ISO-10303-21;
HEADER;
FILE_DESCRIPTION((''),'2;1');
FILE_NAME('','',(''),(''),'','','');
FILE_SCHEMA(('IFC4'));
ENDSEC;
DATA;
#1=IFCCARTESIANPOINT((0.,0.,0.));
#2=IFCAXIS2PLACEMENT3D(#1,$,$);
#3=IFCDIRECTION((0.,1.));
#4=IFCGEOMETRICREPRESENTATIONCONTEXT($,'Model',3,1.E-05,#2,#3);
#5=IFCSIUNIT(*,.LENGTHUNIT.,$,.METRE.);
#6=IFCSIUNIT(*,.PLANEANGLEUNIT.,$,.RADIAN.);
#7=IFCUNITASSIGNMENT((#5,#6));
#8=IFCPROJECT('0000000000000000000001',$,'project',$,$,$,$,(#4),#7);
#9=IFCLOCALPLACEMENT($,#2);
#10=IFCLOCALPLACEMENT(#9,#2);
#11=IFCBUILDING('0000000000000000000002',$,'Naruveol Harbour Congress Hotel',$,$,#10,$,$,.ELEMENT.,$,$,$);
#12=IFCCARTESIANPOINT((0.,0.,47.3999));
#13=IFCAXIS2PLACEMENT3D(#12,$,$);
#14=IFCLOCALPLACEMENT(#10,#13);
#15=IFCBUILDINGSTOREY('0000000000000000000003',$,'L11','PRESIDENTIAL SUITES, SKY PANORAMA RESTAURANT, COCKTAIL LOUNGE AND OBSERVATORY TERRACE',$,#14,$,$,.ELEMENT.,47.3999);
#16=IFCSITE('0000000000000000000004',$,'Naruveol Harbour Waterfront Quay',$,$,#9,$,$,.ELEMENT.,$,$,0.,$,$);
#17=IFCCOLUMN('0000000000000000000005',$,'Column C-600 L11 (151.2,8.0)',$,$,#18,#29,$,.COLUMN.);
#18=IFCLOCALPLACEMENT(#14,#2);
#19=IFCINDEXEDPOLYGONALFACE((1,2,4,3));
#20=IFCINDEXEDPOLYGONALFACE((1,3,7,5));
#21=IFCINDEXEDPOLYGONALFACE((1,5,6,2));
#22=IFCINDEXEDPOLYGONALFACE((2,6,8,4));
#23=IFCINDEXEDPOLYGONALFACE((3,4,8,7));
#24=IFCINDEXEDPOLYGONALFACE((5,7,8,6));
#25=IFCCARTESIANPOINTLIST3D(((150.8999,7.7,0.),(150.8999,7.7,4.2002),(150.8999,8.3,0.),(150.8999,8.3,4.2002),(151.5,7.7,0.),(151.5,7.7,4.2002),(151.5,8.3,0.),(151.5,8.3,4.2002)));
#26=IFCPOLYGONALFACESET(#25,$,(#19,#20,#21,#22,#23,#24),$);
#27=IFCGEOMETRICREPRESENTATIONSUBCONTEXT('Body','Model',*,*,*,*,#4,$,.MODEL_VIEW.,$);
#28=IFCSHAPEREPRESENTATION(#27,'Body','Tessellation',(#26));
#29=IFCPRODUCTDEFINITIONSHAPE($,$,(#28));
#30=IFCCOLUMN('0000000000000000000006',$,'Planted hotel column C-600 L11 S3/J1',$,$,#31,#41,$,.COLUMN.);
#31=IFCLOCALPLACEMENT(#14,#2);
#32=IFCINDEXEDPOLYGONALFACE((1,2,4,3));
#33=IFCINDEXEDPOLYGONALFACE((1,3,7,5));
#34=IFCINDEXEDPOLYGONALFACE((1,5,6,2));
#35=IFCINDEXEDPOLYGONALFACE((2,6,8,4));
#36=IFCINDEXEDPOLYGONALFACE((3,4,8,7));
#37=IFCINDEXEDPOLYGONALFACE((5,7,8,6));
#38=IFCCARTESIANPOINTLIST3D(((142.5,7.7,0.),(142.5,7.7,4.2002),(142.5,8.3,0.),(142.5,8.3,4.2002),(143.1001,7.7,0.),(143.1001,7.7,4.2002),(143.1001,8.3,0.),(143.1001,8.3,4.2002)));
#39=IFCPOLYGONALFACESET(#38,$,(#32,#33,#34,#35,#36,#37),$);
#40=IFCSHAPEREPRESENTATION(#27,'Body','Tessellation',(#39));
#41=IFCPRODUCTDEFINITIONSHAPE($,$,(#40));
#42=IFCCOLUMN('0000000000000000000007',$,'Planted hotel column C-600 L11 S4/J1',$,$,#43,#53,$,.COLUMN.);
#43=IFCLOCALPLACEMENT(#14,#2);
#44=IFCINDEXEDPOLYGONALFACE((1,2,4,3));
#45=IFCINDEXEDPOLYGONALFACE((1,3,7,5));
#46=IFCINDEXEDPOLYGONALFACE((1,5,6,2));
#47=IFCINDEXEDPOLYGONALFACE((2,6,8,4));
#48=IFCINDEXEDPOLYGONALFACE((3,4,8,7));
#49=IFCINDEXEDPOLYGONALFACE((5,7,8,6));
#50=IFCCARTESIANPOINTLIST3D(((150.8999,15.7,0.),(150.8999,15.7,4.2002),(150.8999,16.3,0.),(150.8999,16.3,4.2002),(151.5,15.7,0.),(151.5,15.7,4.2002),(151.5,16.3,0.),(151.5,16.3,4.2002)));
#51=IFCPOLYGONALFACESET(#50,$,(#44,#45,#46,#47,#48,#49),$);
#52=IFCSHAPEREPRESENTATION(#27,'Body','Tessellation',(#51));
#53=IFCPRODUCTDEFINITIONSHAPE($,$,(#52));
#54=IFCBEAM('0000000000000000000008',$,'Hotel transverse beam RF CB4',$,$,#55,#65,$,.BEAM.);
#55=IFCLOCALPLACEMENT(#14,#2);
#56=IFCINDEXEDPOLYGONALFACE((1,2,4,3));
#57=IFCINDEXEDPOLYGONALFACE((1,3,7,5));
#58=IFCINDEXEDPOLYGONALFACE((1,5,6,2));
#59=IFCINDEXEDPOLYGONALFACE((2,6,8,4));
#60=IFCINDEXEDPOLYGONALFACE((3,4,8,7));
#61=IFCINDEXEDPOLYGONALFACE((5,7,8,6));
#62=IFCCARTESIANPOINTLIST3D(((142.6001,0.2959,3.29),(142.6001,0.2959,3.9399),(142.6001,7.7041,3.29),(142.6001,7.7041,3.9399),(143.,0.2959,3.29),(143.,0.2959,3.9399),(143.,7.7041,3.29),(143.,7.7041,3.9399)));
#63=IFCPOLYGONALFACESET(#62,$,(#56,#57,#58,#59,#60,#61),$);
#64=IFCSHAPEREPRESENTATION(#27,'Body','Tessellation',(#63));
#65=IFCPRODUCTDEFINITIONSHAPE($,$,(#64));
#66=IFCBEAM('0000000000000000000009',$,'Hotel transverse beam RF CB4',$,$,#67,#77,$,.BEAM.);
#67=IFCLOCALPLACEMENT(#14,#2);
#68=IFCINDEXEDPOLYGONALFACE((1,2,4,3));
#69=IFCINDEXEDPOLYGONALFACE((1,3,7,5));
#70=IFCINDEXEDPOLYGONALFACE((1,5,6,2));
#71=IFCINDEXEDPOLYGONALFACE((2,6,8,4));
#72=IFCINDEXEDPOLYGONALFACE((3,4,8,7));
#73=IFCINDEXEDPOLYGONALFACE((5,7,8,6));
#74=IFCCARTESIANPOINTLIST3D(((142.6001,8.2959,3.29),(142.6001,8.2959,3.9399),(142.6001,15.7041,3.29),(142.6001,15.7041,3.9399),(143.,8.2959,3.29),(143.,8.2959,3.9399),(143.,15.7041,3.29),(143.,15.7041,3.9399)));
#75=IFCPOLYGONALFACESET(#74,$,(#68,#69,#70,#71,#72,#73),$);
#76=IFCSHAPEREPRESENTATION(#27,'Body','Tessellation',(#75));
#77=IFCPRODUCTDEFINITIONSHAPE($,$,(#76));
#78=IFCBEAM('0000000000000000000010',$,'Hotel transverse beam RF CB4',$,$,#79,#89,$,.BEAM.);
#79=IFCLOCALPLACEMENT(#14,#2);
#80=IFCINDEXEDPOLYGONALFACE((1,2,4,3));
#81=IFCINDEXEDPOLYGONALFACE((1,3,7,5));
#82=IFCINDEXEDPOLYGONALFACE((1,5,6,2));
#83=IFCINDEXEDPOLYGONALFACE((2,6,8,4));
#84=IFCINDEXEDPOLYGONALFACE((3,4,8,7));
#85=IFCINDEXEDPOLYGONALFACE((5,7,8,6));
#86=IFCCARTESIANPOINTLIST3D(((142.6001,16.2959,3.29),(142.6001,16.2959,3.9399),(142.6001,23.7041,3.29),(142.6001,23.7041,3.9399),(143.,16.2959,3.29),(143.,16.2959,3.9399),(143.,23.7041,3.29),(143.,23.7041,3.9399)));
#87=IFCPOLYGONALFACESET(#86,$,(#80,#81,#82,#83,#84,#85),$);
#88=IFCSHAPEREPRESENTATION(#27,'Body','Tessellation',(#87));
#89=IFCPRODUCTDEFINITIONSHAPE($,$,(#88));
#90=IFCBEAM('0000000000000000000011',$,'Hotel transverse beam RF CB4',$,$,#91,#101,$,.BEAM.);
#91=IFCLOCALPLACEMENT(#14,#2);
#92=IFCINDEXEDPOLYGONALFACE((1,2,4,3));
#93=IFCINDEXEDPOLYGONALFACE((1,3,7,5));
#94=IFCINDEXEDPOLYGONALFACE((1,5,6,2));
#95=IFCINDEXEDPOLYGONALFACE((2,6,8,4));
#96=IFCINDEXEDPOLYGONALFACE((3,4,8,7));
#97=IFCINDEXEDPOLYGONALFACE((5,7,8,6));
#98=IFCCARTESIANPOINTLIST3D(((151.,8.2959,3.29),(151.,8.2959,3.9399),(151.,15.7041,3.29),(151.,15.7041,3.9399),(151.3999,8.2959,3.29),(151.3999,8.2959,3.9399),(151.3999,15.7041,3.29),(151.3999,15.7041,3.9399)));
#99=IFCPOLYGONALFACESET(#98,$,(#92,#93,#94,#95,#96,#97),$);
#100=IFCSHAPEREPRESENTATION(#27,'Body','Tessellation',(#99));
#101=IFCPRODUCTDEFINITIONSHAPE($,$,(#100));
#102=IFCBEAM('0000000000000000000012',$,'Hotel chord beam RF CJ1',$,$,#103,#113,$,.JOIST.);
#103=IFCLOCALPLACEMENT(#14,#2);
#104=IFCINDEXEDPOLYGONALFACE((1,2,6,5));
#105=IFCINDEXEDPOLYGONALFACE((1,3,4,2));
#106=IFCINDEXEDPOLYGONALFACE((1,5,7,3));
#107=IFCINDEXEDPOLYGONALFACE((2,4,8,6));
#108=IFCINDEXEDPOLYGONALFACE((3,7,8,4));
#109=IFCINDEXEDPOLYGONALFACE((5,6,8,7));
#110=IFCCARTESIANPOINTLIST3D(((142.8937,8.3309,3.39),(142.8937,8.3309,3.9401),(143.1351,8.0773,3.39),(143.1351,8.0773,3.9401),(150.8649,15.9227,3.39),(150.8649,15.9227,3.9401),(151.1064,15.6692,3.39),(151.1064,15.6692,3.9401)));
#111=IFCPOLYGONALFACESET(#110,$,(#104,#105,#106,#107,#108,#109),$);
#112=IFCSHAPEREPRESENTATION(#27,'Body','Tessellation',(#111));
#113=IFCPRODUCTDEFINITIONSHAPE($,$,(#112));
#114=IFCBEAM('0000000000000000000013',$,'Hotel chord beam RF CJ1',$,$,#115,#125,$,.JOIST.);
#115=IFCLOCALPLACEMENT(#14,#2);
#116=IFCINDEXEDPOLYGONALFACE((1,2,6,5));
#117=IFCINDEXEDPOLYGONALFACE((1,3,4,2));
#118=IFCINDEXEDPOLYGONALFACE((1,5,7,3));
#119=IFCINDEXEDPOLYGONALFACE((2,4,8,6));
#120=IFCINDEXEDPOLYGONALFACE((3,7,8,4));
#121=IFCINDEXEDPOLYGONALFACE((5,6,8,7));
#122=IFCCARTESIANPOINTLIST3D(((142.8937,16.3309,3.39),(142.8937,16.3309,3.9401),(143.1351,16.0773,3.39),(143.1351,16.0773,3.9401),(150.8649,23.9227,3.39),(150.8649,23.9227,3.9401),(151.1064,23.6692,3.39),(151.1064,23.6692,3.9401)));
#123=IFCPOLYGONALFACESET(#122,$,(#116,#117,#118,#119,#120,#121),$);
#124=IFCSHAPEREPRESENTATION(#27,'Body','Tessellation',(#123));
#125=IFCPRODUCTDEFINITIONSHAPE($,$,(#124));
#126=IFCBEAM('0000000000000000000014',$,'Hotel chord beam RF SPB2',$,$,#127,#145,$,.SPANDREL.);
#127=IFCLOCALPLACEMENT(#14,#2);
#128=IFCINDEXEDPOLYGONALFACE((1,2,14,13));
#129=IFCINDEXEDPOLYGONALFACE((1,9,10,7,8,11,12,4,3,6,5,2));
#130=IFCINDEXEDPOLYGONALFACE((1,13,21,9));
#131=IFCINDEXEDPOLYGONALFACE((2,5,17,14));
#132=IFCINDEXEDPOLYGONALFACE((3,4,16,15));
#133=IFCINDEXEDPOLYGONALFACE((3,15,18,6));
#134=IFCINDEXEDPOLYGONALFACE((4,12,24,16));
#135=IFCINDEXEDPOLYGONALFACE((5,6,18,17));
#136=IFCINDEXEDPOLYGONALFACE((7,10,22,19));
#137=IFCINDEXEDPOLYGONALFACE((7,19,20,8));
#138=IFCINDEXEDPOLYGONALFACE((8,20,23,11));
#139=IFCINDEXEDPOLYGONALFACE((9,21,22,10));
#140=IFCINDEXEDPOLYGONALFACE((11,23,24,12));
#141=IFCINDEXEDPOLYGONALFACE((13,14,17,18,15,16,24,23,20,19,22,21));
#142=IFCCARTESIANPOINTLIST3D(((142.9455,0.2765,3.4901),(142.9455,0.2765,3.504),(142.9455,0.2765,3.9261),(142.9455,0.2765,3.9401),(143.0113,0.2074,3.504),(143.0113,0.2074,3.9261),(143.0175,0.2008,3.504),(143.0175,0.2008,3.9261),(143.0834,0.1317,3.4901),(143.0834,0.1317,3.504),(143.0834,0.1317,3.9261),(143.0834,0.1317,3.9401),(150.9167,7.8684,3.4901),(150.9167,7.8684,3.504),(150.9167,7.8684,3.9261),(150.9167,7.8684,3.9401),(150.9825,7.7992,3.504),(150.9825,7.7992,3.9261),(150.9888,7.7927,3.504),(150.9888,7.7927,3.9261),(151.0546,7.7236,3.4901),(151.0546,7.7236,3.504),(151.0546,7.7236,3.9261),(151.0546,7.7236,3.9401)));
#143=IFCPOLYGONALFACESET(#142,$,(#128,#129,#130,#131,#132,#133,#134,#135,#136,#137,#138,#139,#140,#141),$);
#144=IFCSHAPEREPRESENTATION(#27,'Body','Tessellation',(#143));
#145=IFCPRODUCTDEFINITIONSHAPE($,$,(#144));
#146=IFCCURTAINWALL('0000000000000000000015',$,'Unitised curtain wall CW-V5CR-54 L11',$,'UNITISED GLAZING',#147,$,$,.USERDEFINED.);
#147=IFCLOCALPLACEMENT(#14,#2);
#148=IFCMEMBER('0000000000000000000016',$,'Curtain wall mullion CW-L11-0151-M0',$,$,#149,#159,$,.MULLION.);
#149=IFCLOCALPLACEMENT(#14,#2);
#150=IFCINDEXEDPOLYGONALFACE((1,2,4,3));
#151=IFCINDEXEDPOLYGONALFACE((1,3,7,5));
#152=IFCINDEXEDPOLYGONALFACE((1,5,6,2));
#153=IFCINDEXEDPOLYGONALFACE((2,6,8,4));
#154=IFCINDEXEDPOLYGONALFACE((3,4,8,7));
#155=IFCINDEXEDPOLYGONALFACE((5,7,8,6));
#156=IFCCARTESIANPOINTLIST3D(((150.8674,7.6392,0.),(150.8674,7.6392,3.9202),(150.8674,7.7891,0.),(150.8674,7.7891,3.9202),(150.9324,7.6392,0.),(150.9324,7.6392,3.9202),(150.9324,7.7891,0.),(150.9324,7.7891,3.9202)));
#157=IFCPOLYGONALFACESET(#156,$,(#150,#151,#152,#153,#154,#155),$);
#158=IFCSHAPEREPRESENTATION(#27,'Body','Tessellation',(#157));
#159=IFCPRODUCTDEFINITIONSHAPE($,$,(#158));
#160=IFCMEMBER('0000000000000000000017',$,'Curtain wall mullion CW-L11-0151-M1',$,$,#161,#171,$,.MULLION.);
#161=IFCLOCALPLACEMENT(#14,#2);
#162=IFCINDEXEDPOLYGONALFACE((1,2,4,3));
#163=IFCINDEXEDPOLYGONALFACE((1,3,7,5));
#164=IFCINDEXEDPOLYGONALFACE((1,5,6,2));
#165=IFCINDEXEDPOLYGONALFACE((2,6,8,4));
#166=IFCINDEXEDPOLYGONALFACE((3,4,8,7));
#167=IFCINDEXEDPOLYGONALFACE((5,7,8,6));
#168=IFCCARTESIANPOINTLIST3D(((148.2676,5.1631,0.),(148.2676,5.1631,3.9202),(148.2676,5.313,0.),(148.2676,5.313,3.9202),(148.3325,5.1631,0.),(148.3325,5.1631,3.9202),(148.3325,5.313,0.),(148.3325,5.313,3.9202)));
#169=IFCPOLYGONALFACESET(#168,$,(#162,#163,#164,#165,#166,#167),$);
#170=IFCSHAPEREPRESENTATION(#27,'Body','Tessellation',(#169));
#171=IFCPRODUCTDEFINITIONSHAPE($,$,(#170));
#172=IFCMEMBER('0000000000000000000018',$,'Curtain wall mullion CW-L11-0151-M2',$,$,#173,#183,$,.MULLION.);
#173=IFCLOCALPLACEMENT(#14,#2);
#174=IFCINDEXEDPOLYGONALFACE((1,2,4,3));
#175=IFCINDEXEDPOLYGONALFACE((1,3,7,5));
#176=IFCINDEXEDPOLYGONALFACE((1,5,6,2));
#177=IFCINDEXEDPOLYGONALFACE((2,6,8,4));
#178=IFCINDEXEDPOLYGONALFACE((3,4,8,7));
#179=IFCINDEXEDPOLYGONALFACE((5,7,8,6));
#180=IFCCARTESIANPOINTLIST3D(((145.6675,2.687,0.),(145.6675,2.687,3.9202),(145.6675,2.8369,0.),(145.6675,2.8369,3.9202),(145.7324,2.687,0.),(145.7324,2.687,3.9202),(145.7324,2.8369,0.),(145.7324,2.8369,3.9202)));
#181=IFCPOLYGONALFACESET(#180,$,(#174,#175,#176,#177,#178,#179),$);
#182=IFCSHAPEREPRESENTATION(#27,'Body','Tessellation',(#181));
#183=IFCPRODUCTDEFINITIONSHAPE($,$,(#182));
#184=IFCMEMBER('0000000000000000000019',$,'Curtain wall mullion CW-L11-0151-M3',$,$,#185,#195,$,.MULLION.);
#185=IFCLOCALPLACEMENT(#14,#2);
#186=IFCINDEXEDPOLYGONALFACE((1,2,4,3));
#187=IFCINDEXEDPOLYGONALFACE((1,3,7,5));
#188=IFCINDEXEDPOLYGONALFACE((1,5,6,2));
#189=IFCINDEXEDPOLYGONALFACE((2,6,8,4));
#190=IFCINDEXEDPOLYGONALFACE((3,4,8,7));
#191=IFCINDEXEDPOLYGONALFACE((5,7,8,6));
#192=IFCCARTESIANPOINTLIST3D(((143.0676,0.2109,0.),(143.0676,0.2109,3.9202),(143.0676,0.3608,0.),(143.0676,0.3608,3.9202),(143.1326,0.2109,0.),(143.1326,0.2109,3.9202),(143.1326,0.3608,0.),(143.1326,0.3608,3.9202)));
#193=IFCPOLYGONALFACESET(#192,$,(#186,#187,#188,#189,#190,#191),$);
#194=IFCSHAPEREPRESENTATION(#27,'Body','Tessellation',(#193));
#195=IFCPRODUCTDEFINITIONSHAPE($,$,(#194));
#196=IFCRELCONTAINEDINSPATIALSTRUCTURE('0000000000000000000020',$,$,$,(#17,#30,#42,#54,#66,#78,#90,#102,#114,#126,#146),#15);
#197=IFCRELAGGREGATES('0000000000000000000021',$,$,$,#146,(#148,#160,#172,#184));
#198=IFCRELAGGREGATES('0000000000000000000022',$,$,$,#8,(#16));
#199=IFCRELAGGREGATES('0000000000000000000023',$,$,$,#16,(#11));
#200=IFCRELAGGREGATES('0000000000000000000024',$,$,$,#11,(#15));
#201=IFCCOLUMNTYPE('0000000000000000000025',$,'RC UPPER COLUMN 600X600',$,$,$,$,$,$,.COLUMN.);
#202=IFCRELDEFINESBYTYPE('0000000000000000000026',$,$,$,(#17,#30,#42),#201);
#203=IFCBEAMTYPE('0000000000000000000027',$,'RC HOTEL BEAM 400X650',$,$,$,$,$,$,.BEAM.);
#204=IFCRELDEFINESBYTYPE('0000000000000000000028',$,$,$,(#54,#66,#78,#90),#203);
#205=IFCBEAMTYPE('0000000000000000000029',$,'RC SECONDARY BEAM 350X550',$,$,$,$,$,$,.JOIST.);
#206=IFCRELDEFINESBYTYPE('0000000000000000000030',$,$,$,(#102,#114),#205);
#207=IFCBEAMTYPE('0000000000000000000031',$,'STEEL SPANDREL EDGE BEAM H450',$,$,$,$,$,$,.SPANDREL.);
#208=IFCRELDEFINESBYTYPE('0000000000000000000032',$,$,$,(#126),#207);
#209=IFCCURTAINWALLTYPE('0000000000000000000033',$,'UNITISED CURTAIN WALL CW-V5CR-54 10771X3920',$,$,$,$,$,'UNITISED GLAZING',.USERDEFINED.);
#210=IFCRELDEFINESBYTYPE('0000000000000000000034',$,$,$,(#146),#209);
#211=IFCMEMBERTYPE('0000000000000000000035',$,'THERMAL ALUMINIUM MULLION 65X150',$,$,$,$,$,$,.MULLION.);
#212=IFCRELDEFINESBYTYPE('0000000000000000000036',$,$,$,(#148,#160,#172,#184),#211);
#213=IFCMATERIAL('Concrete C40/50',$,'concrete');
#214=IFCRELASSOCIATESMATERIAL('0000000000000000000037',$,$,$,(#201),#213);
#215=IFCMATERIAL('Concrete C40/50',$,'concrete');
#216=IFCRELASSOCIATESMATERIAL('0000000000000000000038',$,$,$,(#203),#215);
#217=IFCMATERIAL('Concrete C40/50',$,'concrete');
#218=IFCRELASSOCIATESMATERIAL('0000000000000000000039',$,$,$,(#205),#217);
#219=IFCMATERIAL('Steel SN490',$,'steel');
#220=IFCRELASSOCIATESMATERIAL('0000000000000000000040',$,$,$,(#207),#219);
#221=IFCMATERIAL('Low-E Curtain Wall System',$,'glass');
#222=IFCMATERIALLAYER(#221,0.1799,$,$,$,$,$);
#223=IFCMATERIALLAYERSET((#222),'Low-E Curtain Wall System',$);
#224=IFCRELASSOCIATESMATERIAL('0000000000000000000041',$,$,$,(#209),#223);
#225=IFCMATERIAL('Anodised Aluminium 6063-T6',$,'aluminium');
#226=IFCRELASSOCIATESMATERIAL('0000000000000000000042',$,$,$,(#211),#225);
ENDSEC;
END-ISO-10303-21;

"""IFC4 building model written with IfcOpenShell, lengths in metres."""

from ifc_helpers import new_model, si_unit, direction, frame, origin, origin_2d, place, context, subcontext, project, spatial, rectangle, i_section, extrude, material, layer, layer_set, material_profile, profile_set, type_object, element, aggregate, save


model = new_model("IFC4")

# Units and contexts
model_context = context("Model", 3, precision=1e-05, world=origin(), true_north=direction((0.0, 1.0)))
body_context = subcontext(model_context, "Body", "Model", "MODEL_VIEW")
ifc_project = project(units=[si_unit("LENGTHUNIT", "METRE"), si_unit("PLANEANGLEUNIT", "RADIAN")], contexts=[model_context])

# Site, building, storey
site_placement = place(None, origin())
site = spatial("IfcSite", under=ifc_project, at=site_placement, Name="Naruveol Harbour Waterfront Quay", CompositionType="ELEMENT", RefElevation=0.0)
building_placement = place(site_placement, origin())
building = spatial("IfcBuilding", under=site, at=building_placement, Name="Naruveol Harbour Congress Hotel", CompositionType="ELEMENT")
storey_placement = place(building_placement, frame((0.0, 0.0, 47.3999)))
storey = spatial("IfcBuildingStorey", under=building, at=storey_placement, Name="L11", Description="PRESIDENTIAL SUITES, SKY PANORAMA RESTAURANT, COCKTAIL LOUNGE AND OBSERVATORY TERRACE", CompositionType="ELEMENT", Elevation=47.3999)

# Columns
ifc_material_1 = material(Name="Concrete C40/50", Category="concrete")
ifc_material_profile_1 = material_profile(ifc_material_1, rectangle(XDim=0.6001, YDim=0.6001, at=origin_2d()), Name="RC-600x600")
ifc_profile_set_1 = profile_set([ifc_material_profile_1], Name="Concrete C40/50")
column_type = type_object("IfcColumnType", Name="RC UPPER COLUMN 600X600", PredefinedType="COLUMN", material=ifc_profile_set_1)
for number, where, z_axis, x_axis, name in (
    (1, (151.2, 8.0, 0.0), (0.0, 0.0, 1.0), (1.0, 0.0, 0.0), "Column C-600 L11 (151.2,8.0)"),
    (2, (142.8, 8.0, 0.0), (0.0, 0.0, 1.0), (1.0, 0.0, 0.0), "Planted hotel column C-600 L11 S3/J1"),
    (3, (151.2, 16.0, 0.0), (0.0, 0.0, 1.0), (1.0, 0.0, 0.0), "Planted hotel column C-600 L11 S4/J1"),
):
    element("IfcColumn", number, at=place(storey_placement, frame(where, z_axis=z_axis, x_axis=x_axis)), inside=storey, type_object=column_type, Name=name, PredefinedType="COLUMN", context=body_context, shape_type="SweptSolid", body=[
        extrude(rectangle(XDim=0.6001, YDim=0.6001, at=origin_2d()), origin(), (0.0, 0.0, 1.0), 4.2002),
    ])

# Beams
ifc_material_2 = material(Name="Concrete C40/50", Category="concrete")
ifc_material_profile_2 = material_profile(ifc_material_2, rectangle(XDim=0.3999, YDim=0.6499, at=origin_2d()), Name="RCB-400x650")
ifc_profile_set_2 = profile_set([ifc_material_profile_2], Name="Concrete C40/50")
beam_type_1 = type_object("IfcBeamType", Name="RC HOTEL BEAM 400X650", PredefinedType="BEAM", material=ifc_profile_set_2)
for number, where, z_axis, x_axis, name in (
    (4, (142.8, 0.2959, 3.615), (0.0, 1.0, 0.0), (-1.0, 0.0, 0.0), "Hotel transverse beam RF CB4"),
    (5, (142.8, 8.2959, 3.615), (0.0, 1.0, 0.0), (-1.0, 0.0, 0.0), "Hotel transverse beam RF CB4"),
    (6, (142.8, 16.2959, 3.615), (0.0, 1.0, 0.0), (-1.0, 0.0, 0.0), "Hotel transverse beam RF CB4"),
    (7, (151.2, 8.2959, 3.615), (0.0, 1.0, 0.0), (-1.0, 0.0, 0.0), "Hotel transverse beam RF CB4"),
):
    element("IfcBeam", number, at=place(storey_placement, frame(where, z_axis=z_axis, x_axis=x_axis)), inside=storey, type_object=beam_type_1, Name=name, PredefinedType="BEAM", context=body_context, shape_type="SweptSolid", body=[
        extrude(rectangle(XDim=0.3999, YDim=0.6499, at=origin_2d()), origin(), (0.0, 0.0, 1.0), 7.4082),
    ])
ifc_material_3 = material(Name="Concrete C40/50", Category="concrete")
ifc_material_profile_3 = material_profile(ifc_material_3, rectangle(XDim=0.3501, YDim=0.55, at=origin_2d()), Name="RCB-350x550")
ifc_profile_set_3 = profile_set([ifc_material_profile_3], Name="Concrete C40/50")
beam_type_2 = type_object("IfcBeamType", Name="RC SECONDARY BEAM 350X550", PredefinedType="JOIST", material=ifc_profile_set_3)
for number, where, z_axis, x_axis, name in (
    (8, (143.0144, 8.2041, 3.665), (0.724129, 0.689664, 0.0), (-0.689664, 0.724129, 0.0), "Hotel chord beam RF CJ1"),
    (9, (143.0144, 16.2041, 3.665), (0.724129, 0.689664, 0.0), (-0.689664, 0.724129, 0.0), "Hotel chord beam RF CJ1"),
):
    element("IfcBeam", number, at=place(storey_placement, frame(where, z_axis=z_axis, x_axis=x_axis)), inside=storey, type_object=beam_type_2, Name=name, PredefinedType="JOIST", context=body_context, shape_type="SweptSolid", body=[
        extrude(rectangle(XDim=0.3501, YDim=0.55, at=origin_2d()), origin(), (0.0, 0.0, 1.0), 11.0081),
    ])
ifc_material_4 = material(Name="Steel SN490", Category="steel")
ifc_material_profile_4 = material_profile(ifc_material_4, i_section(OverallWidth=0.2, OverallDepth=0.45, WebThickness=0.009, FlangeThickness=0.0139, at=origin_2d()), Name="H-450x200x9x14")
ifc_profile_set_4 = profile_set([ifc_material_profile_4], Name="Steel SN490")
beam_type_3 = type_object("IfcBeamType", Name="STEEL SPANDREL EDGE BEAM H450", PredefinedType="SPANDREL", material=ifc_profile_set_4)
beam_placement = place(storey_placement, frame((143.0144, 0.2041, 3.7151), z_axis=(0.724129, 0.689664, 0.0), x_axis=(-0.689664, 0.724129, 0.0)))
element("IfcBeam", 10, at=beam_placement, inside=storey, type_object=beam_type_3, Name="Hotel chord beam RF SPB2", PredefinedType="SPANDREL", context=body_context, shape_type="SweptSolid", body=[
    extrude(i_section(OverallWidth=0.2, OverallDepth=0.45, WebThickness=0.009, FlangeThickness=0.0139, at=origin_2d()), origin(), (0.0, 0.0, 1.0), 11.0081),
])

# Curtain wall, members
ifc_material_5 = material(Name="Low-E Curtain Wall System", Category="glass")
ifc_layer_1 = layer(ifc_material_5, 0.1799)
ifc_layer_set_1 = layer_set([ifc_layer_1], Name="Low-E Curtain Wall System")
curtain_wall_type = type_object("IfcCurtainWallType", Name="UNITISED CURTAIN WALL CW-V5CR-54 10771X3920", ElementType="UNITISED GLAZING", PredefinedType="USERDEFINED", material=ifc_layer_set_1)
curtain_wall_placement = place(storey_placement, origin())
curtain_wall = element("IfcCurtainWall", 11, at=curtain_wall_placement, inside=storey, type_object=curtain_wall_type, Name="Unitised curtain wall CW-V5CR-54 L11", ObjectType="UNITISED GLAZING", PredefinedType="USERDEFINED")
ifc_material_6 = material(Name="Anodised Aluminium 6063-T6", Category="aluminium")
ifc_material_profile_5 = material_profile(ifc_material_6, rectangle(XDim=0.0649, YDim=0.1499, at=origin_2d()), Name="ALU-65x150")
ifc_profile_set_5 = profile_set([ifc_material_profile_5], Name="Anodised Aluminium 6063-T6")
member_type_1 = type_object("IfcMemberType", Name="THERMAL ALUMINIUM MULLION 65X150", PredefinedType="MULLION", material=ifc_profile_set_5)
member_1_placement = place(storey_placement, frame((150.8999, 7.7141, 0.0), z_axis=(0.0, 0.0, 1.0), x_axis=(1.0, 0.0, 0.0)))
member_1 = element("IfcMember", 12, at=member_1_placement, type_object=member_type_1, Name="Curtain wall mullion CW-L11-0151-M0", PredefinedType="MULLION", context=body_context, shape_type="SweptSolid", body=[
    extrude(rectangle(XDim=0.0649, YDim=0.1499, at=origin_2d()), origin(), (0.0, 0.0, 1.0), 3.9202),
])
member_2_placement = place(storey_placement, frame((148.3, 5.238, 0.0), z_axis=(0.0, 0.0, 1.0), x_axis=(1.0, 0.0, 0.0)))
member_2 = element("IfcMember", 13, at=member_2_placement, type_object=member_type_1, Name="Curtain wall mullion CW-L11-0151-M1", PredefinedType="MULLION", context=body_context, shape_type="SweptSolid", body=[
    extrude(rectangle(XDim=0.0649, YDim=0.1499, at=origin_2d()), origin(), (0.0, 0.0, 1.0), 3.9202),
])
member_3_placement = place(storey_placement, frame((145.7, 2.762, 0.0), z_axis=(0.0, 0.0, 1.0), x_axis=(1.0, 0.0, 0.0)))
member_3 = element("IfcMember", 14, at=member_3_placement, type_object=member_type_1, Name="Curtain wall mullion CW-L11-0151-M2", PredefinedType="MULLION", context=body_context, shape_type="SweptSolid", body=[
    extrude(rectangle(XDim=0.0649, YDim=0.1499, at=origin_2d()), origin(), (0.0, 0.0, 1.0), 3.9202),
])
member_4_placement = place(storey_placement, frame((143.1001, 0.2859, 0.0), z_axis=(0.0, 0.0, 1.0), x_axis=(1.0, 0.0, 0.0)))
member_4 = element("IfcMember", 15, at=member_4_placement, type_object=member_type_1, Name="Curtain wall mullion CW-L11-0151-M3", PredefinedType="MULLION", context=body_context, shape_type="SweptSolid", body=[
    extrude(rectangle(XDim=0.0649, YDim=0.1499, at=origin_2d()), origin(), (0.0, 0.0, 1.0), 3.9202),
])
aggregate(curtain_wall, [member_1, member_2, member_3, member_4])

save(model, "model.ifc")
